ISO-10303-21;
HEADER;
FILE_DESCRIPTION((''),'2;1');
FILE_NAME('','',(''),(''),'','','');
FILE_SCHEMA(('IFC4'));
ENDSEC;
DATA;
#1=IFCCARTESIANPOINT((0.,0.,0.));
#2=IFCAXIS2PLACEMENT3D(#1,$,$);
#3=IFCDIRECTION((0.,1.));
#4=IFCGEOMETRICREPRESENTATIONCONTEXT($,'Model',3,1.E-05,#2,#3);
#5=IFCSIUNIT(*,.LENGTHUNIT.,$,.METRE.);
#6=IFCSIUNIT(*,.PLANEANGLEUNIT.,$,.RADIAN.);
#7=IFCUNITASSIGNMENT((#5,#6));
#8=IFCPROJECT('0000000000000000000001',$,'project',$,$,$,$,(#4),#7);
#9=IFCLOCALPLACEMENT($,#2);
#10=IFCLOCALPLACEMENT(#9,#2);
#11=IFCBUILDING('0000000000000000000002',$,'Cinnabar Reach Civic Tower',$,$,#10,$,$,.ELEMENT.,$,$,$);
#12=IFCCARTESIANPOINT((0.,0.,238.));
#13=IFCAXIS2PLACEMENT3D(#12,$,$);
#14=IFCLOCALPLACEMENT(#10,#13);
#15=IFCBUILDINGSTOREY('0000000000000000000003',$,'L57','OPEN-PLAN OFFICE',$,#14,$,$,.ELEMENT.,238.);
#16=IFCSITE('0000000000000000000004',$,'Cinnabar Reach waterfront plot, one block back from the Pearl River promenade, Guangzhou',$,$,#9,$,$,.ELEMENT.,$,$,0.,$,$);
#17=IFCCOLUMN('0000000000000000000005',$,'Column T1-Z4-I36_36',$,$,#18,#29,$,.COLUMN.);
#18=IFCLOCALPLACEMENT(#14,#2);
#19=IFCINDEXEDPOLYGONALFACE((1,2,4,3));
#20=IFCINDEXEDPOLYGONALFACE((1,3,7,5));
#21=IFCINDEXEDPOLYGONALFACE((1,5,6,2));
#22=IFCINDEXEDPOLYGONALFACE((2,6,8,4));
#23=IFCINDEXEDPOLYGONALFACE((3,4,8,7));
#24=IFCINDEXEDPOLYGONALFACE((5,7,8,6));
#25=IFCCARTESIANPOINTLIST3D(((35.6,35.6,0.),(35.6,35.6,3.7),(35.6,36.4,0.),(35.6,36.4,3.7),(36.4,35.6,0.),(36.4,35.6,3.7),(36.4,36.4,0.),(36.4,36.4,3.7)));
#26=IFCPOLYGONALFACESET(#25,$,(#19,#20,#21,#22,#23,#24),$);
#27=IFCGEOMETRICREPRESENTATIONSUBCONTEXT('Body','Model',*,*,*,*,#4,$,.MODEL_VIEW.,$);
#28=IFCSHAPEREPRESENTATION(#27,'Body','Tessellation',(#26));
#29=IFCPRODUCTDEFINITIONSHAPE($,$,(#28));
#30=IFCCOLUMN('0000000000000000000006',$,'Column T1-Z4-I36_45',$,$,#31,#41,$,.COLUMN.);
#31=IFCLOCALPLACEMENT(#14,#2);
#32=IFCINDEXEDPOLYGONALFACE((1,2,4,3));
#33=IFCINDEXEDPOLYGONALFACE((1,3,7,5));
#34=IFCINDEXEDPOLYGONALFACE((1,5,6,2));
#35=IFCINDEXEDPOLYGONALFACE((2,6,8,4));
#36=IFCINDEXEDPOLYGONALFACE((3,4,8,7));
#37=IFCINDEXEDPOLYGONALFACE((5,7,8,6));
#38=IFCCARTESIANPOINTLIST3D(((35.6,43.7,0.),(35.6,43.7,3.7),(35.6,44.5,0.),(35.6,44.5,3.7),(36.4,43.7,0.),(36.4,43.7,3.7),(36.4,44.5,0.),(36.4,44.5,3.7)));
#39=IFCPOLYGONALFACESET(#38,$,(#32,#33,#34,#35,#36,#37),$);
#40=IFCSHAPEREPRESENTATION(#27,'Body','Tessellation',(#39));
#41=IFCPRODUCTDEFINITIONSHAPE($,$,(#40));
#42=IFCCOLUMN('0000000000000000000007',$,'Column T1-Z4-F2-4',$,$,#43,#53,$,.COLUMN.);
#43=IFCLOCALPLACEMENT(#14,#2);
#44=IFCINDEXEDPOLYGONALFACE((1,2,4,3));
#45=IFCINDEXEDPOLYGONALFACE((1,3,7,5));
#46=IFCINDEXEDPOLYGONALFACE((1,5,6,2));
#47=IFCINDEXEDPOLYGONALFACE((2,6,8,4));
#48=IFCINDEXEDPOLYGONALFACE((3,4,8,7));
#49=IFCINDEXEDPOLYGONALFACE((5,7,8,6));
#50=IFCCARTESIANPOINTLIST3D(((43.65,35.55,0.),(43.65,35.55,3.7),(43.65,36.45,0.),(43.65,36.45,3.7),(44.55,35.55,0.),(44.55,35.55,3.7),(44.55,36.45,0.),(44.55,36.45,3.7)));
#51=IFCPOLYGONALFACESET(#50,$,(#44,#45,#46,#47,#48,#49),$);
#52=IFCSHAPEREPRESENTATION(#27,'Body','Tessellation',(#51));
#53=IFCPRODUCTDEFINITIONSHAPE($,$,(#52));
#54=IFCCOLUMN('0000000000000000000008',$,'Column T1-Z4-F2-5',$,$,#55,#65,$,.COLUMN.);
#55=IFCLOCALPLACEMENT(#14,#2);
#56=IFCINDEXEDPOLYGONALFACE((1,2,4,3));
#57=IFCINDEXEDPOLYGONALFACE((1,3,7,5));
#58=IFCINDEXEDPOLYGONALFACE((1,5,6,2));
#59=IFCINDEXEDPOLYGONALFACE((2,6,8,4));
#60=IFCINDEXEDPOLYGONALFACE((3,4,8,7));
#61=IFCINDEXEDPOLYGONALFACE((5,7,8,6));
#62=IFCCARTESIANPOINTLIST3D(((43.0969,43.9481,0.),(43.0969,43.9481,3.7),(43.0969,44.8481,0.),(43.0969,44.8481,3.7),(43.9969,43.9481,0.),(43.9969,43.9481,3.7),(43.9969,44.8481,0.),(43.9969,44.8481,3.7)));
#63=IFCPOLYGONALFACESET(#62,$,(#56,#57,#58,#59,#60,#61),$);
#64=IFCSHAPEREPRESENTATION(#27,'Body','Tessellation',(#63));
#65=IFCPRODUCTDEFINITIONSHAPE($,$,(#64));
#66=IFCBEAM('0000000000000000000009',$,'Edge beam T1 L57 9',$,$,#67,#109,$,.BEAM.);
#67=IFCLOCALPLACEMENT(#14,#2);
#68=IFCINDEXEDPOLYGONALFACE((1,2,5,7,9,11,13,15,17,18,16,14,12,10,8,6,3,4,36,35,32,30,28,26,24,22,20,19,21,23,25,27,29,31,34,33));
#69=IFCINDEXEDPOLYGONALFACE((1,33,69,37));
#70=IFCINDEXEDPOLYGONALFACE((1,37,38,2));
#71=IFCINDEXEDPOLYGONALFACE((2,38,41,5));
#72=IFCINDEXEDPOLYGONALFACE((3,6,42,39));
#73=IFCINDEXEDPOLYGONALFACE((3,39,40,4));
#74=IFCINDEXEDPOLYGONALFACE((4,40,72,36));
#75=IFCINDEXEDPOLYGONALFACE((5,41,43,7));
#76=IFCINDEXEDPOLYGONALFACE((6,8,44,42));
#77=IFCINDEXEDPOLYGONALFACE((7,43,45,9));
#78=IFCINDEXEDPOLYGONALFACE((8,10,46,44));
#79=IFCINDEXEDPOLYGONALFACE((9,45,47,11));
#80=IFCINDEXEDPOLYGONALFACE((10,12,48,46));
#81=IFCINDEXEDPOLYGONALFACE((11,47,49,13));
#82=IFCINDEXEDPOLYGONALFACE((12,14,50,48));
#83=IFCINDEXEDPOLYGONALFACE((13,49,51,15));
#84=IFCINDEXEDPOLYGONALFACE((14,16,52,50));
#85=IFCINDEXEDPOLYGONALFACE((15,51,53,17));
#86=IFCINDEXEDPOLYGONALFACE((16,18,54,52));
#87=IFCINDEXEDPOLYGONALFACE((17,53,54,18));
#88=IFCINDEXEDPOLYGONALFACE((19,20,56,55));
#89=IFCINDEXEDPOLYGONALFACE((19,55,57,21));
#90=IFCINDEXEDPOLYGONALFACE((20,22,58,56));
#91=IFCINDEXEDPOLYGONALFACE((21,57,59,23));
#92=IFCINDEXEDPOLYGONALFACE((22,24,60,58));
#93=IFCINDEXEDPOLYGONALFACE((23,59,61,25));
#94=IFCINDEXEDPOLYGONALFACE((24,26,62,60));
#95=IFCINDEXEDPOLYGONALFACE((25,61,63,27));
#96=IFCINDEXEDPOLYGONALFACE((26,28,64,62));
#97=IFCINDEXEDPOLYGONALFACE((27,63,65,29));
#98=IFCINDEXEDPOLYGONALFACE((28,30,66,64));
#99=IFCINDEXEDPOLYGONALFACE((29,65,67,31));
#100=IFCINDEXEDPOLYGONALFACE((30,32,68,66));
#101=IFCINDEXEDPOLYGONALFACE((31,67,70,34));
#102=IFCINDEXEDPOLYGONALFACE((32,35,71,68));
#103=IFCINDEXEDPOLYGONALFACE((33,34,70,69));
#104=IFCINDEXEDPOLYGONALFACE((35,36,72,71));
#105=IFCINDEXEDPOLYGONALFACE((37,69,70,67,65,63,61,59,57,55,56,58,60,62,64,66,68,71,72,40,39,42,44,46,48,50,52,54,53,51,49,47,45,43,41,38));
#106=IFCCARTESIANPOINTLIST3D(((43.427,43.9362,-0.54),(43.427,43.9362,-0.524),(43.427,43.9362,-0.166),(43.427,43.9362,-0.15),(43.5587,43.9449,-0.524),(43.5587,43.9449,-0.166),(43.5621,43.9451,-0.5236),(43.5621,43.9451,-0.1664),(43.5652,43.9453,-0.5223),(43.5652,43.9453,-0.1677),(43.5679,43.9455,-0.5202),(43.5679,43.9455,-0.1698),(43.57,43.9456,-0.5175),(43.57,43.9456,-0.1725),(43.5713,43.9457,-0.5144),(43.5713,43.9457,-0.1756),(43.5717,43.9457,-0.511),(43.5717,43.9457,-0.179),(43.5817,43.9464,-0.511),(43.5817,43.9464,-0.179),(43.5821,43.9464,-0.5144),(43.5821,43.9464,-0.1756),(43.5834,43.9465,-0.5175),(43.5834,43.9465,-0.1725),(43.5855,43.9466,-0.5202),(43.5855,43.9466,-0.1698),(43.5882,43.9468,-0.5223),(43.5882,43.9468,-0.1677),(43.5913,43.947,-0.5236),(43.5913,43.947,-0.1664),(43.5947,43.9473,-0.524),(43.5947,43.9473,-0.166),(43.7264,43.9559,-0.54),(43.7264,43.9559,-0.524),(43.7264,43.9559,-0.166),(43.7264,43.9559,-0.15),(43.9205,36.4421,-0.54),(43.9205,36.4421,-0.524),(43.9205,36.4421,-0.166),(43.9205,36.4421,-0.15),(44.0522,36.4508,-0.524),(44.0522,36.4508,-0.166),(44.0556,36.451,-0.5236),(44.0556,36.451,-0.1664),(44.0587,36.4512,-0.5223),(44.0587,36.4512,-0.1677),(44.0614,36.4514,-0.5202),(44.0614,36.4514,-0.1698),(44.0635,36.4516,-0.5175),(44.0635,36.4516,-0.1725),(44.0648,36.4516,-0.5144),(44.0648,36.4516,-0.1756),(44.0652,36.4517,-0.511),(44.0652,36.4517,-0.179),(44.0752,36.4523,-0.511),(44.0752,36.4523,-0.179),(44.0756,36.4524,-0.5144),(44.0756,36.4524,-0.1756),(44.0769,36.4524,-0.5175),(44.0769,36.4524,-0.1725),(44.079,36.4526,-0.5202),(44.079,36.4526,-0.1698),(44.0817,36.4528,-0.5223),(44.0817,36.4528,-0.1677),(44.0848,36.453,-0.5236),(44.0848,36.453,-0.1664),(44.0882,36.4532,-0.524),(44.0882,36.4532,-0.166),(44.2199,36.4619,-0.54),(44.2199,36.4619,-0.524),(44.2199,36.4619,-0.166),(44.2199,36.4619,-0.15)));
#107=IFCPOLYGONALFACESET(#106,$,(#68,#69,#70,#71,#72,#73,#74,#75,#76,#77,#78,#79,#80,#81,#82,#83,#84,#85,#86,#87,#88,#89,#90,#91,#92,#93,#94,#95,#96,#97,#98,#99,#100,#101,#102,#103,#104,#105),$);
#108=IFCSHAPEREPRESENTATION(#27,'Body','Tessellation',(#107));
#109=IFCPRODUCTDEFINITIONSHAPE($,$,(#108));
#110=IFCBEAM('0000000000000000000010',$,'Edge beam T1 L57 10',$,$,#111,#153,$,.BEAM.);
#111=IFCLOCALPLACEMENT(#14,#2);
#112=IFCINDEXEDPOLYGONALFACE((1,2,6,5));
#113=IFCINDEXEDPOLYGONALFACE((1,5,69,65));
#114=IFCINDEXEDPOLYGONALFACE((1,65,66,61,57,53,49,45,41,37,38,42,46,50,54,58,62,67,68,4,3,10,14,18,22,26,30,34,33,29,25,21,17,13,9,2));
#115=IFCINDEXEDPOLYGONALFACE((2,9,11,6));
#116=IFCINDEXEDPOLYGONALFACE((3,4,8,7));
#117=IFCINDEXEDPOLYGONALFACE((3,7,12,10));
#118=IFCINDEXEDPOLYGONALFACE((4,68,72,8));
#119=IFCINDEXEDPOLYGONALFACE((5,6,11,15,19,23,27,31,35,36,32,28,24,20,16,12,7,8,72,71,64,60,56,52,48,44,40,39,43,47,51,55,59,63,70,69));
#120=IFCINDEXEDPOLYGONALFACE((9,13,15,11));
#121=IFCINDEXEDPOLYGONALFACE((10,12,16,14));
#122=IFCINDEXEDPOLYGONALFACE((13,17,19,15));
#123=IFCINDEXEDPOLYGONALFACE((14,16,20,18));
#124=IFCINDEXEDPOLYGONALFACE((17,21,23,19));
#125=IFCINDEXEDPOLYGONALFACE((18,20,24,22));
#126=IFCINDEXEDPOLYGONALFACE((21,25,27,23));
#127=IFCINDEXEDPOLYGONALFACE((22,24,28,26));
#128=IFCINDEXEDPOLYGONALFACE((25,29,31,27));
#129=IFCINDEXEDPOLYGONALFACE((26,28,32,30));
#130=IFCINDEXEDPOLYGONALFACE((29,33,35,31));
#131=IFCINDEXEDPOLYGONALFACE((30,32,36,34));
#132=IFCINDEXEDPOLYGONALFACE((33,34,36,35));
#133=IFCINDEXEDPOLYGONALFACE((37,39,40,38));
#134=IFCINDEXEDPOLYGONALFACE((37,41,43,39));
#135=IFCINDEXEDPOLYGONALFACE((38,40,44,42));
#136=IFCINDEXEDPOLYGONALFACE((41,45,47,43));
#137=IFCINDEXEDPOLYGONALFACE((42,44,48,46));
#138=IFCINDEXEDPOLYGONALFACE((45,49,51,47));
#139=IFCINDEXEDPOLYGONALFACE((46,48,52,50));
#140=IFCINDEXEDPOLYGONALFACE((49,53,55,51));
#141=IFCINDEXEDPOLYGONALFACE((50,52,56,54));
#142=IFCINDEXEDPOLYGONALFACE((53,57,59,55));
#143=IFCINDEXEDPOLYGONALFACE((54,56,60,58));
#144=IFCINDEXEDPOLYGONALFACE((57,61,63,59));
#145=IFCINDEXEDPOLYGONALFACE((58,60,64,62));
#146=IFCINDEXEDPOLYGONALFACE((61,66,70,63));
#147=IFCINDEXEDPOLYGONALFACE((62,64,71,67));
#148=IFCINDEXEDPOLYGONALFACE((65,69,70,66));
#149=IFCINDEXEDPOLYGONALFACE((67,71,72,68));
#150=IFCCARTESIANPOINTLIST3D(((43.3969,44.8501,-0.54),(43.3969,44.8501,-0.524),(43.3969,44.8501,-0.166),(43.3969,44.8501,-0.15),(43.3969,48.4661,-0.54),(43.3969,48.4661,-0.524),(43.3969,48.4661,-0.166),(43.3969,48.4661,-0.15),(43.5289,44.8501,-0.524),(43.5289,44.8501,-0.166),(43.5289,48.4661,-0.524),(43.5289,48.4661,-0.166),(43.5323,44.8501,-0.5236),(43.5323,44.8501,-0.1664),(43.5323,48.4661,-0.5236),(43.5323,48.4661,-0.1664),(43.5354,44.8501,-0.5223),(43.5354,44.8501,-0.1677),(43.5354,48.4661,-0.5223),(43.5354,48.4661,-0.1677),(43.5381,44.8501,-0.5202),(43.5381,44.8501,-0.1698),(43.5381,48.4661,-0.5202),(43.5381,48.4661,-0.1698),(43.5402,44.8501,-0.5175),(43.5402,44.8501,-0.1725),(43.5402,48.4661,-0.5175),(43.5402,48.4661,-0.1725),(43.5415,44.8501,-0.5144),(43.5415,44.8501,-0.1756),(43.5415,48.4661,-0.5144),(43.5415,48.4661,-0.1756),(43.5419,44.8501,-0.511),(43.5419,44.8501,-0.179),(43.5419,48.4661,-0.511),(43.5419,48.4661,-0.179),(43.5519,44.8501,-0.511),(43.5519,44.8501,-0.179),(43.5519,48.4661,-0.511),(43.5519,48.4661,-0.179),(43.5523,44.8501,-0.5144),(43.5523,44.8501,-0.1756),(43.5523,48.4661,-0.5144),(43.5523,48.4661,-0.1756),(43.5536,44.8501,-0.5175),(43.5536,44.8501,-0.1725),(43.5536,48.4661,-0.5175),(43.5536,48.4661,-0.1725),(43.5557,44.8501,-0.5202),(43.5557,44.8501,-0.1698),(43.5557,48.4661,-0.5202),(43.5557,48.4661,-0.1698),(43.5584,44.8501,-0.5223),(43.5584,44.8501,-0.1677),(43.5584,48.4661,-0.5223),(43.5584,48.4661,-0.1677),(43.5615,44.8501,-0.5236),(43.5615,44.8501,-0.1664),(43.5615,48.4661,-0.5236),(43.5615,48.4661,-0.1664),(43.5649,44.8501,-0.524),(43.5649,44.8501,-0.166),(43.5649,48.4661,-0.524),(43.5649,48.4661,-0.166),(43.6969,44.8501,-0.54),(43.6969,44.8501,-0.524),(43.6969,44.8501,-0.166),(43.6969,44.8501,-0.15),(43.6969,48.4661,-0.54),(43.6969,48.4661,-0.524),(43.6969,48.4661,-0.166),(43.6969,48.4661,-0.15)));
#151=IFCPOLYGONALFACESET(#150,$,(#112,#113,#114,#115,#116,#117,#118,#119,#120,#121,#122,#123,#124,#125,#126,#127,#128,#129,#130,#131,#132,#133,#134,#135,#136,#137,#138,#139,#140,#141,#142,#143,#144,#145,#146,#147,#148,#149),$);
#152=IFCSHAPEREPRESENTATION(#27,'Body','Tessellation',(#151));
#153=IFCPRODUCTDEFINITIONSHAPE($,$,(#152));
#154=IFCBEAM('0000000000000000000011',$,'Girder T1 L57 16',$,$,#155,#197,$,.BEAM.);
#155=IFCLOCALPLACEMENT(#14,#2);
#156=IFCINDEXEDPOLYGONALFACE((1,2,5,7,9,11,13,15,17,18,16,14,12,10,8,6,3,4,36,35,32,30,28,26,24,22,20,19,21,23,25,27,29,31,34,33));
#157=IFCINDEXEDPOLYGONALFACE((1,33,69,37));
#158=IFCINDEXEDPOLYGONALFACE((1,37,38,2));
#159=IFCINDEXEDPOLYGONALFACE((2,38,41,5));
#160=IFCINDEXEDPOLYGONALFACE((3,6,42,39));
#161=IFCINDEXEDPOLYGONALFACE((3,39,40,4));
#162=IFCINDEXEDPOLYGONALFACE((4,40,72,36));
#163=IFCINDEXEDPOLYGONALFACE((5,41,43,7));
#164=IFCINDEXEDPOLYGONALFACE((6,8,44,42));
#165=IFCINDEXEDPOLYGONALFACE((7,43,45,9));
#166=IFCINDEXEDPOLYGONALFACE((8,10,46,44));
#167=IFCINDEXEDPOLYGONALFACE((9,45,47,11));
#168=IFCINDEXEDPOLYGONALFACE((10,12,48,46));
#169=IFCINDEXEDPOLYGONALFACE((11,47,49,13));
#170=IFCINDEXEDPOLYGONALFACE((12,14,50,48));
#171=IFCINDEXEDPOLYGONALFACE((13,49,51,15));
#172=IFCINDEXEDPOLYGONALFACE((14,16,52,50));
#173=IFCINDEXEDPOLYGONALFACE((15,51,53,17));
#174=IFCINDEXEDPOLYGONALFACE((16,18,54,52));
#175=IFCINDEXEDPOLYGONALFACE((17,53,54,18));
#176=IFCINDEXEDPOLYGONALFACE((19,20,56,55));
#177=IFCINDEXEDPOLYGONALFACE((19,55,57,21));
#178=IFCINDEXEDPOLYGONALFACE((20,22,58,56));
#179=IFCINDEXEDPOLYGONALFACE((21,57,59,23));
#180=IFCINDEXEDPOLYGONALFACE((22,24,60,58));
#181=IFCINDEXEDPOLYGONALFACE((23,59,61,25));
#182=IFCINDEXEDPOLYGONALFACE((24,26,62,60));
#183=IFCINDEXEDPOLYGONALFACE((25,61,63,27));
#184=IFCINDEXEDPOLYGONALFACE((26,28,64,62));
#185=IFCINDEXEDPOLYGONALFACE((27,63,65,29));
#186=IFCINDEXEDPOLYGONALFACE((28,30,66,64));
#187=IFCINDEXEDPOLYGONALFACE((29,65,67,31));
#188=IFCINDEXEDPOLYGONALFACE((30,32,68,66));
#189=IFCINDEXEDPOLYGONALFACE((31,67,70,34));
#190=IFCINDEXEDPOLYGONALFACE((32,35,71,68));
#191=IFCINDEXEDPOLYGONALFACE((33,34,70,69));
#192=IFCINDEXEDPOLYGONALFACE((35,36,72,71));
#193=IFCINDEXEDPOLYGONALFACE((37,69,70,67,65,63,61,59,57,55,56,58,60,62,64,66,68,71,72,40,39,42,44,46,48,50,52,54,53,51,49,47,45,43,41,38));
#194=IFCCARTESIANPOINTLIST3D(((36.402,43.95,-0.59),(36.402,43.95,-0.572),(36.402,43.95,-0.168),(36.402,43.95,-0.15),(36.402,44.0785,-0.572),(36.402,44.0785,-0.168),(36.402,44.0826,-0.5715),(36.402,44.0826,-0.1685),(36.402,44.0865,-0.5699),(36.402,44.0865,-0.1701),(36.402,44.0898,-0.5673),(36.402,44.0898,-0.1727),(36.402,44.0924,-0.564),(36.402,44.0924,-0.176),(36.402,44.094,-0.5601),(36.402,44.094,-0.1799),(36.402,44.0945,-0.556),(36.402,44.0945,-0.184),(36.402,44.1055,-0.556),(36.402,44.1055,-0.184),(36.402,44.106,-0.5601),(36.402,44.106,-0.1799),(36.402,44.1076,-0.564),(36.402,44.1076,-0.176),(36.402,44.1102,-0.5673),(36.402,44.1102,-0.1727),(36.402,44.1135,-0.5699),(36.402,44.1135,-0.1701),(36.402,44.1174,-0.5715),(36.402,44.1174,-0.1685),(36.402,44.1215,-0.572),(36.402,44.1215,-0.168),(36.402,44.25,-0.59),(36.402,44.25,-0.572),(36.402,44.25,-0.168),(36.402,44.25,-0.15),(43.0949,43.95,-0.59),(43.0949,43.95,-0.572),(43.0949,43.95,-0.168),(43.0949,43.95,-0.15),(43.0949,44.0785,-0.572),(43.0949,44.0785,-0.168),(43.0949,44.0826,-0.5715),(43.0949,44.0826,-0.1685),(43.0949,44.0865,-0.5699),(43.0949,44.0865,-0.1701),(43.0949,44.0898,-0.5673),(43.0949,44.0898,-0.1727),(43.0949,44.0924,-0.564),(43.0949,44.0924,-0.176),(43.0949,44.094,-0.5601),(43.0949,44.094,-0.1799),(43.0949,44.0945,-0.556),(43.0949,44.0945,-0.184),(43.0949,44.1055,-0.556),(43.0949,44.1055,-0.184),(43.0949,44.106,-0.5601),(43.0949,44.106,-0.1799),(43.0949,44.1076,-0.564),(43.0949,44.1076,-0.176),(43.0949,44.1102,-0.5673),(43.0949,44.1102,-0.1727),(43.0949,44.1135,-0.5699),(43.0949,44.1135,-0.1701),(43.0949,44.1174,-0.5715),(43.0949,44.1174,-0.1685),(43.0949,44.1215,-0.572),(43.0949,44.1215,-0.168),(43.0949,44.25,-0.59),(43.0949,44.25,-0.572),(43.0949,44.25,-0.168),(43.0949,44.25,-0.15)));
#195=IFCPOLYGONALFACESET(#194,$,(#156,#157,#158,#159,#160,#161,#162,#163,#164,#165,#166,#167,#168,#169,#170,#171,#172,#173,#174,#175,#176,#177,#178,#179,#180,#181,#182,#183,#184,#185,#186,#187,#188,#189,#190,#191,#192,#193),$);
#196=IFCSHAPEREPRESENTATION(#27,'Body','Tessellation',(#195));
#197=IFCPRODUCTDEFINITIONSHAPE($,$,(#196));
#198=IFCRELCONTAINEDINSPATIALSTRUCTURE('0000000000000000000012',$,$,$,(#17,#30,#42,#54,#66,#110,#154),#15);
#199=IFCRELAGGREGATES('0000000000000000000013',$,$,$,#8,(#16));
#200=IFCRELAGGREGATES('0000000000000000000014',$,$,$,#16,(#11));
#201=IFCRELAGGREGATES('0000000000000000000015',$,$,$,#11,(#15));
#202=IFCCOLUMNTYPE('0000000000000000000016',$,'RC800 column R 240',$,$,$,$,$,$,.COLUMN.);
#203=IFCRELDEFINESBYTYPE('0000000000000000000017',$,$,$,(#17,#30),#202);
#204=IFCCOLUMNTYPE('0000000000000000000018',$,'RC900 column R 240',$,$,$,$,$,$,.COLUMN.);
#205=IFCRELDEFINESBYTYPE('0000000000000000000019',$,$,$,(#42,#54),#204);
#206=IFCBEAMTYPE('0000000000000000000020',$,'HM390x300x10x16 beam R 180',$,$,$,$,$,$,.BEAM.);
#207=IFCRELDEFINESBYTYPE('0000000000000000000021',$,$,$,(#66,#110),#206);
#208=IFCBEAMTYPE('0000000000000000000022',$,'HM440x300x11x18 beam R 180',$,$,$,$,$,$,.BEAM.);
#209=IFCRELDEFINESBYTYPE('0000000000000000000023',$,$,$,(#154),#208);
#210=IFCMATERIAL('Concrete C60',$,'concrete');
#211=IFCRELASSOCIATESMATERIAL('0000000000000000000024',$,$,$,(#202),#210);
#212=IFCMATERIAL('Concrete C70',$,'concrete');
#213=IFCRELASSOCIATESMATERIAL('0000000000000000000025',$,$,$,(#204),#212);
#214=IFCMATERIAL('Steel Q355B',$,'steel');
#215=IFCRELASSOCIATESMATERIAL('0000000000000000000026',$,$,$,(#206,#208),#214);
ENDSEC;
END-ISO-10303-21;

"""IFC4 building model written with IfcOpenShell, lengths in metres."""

from ifc_helpers import new_model, si_unit, direction, frame, origin, origin_2d, place, context, subcontext, project, spatial, rectangle, i_section, extrude, material, material_profile, profile_set, type_object, element, save


model = new_model("IFC4")

# Units and contexts
model_context = context("Model", 3, precision=1e-05, world=origin(), true_north=direction((0.0, 1.0)))
body_context = subcontext(model_context, "Body", "Model", "MODEL_VIEW")
ifc_project = project(units=[si_unit("LENGTHUNIT", "METRE"), si_unit("PLANEANGLEUNIT", "RADIAN")], contexts=[model_context])

# Site, building, storey
site_placement = place(None, origin())
site = spatial("IfcSite", under=ifc_project, at=site_placement, Name="Cinnabar Reach waterfront plot, one block back from the Pearl River promenade, Guangzhou", CompositionType="ELEMENT", RefElevation=0.0)
building_placement = place(site_placement, origin())
building = spatial("IfcBuilding", under=site, at=building_placement, Name="Cinnabar Reach Civic Tower", CompositionType="ELEMENT")
storey_placement = place(building_placement, frame((0.0, 0.0, 238.0)))
storey = spatial("IfcBuildingStorey", under=building, at=storey_placement, Name="L57", Description="OPEN-PLAN OFFICE", CompositionType="ELEMENT", Elevation=238.0)

# Columns
ifc_material_1 = material(Name="Concrete C60", Category="concrete")
ifc_material_profile_1 = material_profile(ifc_material_1, rectangle(XDim=0.8, YDim=0.8, at=origin_2d()), Name="RC800")
ifc_profile_set_1 = profile_set([ifc_material_profile_1], Name="Concrete C60")
column_type_1 = type_object("IfcColumnType", Name="RC800 column R 240", PredefinedType="COLUMN", material=ifc_profile_set_1)
for number, where, z_axis, x_axis, name in (
    (1, (36.0, 36.0, 0.0), (0.0, 0.0, 1.0), (1.0, 0.0, 0.0), "Column T1-Z4-I36_36"),
    (2, (36.0, 44.1, 0.0), (0.0, 0.0, 1.0), (1.0, 0.0, 0.0), "Column T1-Z4-I36_45"),
):
    element("IfcColumn", number, at=place(storey_placement, frame(where, z_axis=z_axis, x_axis=x_axis)), inside=storey, type_object=column_type_1, Name=name, PredefinedType="COLUMN", context=body_context, shape_type="SweptSolid", body=[
        extrude(rectangle(XDim=0.8, YDim=0.8, at=origin_2d()), origin(), (0.0, 0.0, 1.0), 3.7),
    ])
ifc_material_2 = material(Name="Concrete C70", Category="concrete")
ifc_material_profile_2 = material_profile(ifc_material_2, rectangle(XDim=0.9, YDim=0.9, at=origin_2d()), Name="RC900")
ifc_profile_set_2 = profile_set([ifc_material_profile_2], Name="Concrete C70")
column_type_2 = type_object("IfcColumnType", Name="RC900 column R 240", PredefinedType="COLUMN", material=ifc_profile_set_2)
for number, where, z_axis, x_axis, name in (
    (3, (44.1, 36.0, 0.0), (0.0, 0.0, 1.0), (1.0, 0.0, 0.0), "Column T1-Z4-F2-4"),
    (4, (43.5469, 44.3981, 0.0), (0.0, 0.0, 1.0), (1.0, 0.0, 0.0), "Column T1-Z4-F2-5"),
):
    element("IfcColumn", number, at=place(storey_placement, frame(where, z_axis=z_axis, x_axis=x_axis)), inside=storey, type_object=column_type_2, Name=name, PredefinedType="COLUMN", context=body_context, shape_type="SweptSolid", body=[
        extrude(rectangle(XDim=0.9, YDim=0.9, at=origin_2d()), origin(), (0.0, 0.0, 1.0), 3.7),
    ])

# Beams
ifc_material_3 = material(Name="Steel Q355B", Category="steel")
ifc_material_profile_3 = material_profile(ifc_material_3, i_section(OverallWidth=0.3, OverallDepth=0.39, WebThickness=0.01, FlangeThickness=0.016, FilletRadius=0.013, at=origin_2d()), Name="HM390x300x10x16")
ifc_profile_set_3 = profile_set([ifc_material_profile_3], Name="Steel Q355B")
beam_type_1 = type_object("IfcBeamType", Name="HM390x300x10x16 beam R 180", PredefinedType="BEAM", material=ifc_profile_set_3)
beam_1_placement = place(storey_placement, frame((44.0702, 36.452, -0.345), z_axis=(-0.065709, 0.997839, 0.0), x_axis=(-0.997839, -0.065709, 0.0)))
element("IfcBeam", 5, at=beam_1_placement, inside=storey, type_object=beam_type_1, Name="Edge beam T1 L57 9", PredefinedType="BEAM", context=body_context, shape_type="SweptSolid", body=[
    extrude(i_section(OverallWidth=0.3, OverallDepth=0.39, WebThickness=0.01, FlangeThickness=0.016, FilletRadius=0.013, at=origin_2d()), origin(), (0.0, 0.0, 1.0), 7.5103),
])
beam_2_placement = place(storey_placement, frame((43.5469, 44.8501, -0.345), z_axis=(0.0, 1.0, 0.0), x_axis=(-1.0, 0.0, 0.0)))
element("IfcBeam", 6, at=beam_2_placement, inside=storey, type_object=beam_type_1, Name="Edge beam T1 L57 10", PredefinedType="BEAM", context=body_context, shape_type="SweptSolid", body=[
    extrude(i_section(OverallWidth=0.3, OverallDepth=0.39, WebThickness=0.01, FlangeThickness=0.016, FilletRadius=0.013, at=origin_2d()), origin(), (0.0, 0.0, 1.0), 3.616),
])
ifc_material_profile_4 = material_profile(ifc_material_3, i_section(OverallWidth=0.3, OverallDepth=0.44, WebThickness=0.011, FlangeThickness=0.018, FilletRadius=0.016, at=origin_2d()), Name="HM440x300x11x18")
ifc_profile_set_4 = profile_set([ifc_material_profile_4], Name="Steel Q355B")
beam_type_2 = type_object("IfcBeamType", Name="HM440x300x11x18 beam R 180", PredefinedType="BEAM", material=ifc_profile_set_4)
beam_3_placement = place(storey_placement, frame((36.402, 44.1, -0.37), z_axis=(1.0, 0.0, 0.0), x_axis=(0.0, 1.0, 0.0)))
element("IfcBeam", 7, at=beam_3_placement, inside=storey, type_object=beam_type_2, Name="Girder T1 L57 16", PredefinedType="BEAM", context=body_context, shape_type="SweptSolid", body=[
    extrude(i_section(OverallWidth=0.3, OverallDepth=0.44, WebThickness=0.011, FlangeThickness=0.018, FilletRadius=0.016, at=origin_2d()), origin(), (0.0, 0.0, 1.0), 6.6929),
])

save(model, "model.ifc")
